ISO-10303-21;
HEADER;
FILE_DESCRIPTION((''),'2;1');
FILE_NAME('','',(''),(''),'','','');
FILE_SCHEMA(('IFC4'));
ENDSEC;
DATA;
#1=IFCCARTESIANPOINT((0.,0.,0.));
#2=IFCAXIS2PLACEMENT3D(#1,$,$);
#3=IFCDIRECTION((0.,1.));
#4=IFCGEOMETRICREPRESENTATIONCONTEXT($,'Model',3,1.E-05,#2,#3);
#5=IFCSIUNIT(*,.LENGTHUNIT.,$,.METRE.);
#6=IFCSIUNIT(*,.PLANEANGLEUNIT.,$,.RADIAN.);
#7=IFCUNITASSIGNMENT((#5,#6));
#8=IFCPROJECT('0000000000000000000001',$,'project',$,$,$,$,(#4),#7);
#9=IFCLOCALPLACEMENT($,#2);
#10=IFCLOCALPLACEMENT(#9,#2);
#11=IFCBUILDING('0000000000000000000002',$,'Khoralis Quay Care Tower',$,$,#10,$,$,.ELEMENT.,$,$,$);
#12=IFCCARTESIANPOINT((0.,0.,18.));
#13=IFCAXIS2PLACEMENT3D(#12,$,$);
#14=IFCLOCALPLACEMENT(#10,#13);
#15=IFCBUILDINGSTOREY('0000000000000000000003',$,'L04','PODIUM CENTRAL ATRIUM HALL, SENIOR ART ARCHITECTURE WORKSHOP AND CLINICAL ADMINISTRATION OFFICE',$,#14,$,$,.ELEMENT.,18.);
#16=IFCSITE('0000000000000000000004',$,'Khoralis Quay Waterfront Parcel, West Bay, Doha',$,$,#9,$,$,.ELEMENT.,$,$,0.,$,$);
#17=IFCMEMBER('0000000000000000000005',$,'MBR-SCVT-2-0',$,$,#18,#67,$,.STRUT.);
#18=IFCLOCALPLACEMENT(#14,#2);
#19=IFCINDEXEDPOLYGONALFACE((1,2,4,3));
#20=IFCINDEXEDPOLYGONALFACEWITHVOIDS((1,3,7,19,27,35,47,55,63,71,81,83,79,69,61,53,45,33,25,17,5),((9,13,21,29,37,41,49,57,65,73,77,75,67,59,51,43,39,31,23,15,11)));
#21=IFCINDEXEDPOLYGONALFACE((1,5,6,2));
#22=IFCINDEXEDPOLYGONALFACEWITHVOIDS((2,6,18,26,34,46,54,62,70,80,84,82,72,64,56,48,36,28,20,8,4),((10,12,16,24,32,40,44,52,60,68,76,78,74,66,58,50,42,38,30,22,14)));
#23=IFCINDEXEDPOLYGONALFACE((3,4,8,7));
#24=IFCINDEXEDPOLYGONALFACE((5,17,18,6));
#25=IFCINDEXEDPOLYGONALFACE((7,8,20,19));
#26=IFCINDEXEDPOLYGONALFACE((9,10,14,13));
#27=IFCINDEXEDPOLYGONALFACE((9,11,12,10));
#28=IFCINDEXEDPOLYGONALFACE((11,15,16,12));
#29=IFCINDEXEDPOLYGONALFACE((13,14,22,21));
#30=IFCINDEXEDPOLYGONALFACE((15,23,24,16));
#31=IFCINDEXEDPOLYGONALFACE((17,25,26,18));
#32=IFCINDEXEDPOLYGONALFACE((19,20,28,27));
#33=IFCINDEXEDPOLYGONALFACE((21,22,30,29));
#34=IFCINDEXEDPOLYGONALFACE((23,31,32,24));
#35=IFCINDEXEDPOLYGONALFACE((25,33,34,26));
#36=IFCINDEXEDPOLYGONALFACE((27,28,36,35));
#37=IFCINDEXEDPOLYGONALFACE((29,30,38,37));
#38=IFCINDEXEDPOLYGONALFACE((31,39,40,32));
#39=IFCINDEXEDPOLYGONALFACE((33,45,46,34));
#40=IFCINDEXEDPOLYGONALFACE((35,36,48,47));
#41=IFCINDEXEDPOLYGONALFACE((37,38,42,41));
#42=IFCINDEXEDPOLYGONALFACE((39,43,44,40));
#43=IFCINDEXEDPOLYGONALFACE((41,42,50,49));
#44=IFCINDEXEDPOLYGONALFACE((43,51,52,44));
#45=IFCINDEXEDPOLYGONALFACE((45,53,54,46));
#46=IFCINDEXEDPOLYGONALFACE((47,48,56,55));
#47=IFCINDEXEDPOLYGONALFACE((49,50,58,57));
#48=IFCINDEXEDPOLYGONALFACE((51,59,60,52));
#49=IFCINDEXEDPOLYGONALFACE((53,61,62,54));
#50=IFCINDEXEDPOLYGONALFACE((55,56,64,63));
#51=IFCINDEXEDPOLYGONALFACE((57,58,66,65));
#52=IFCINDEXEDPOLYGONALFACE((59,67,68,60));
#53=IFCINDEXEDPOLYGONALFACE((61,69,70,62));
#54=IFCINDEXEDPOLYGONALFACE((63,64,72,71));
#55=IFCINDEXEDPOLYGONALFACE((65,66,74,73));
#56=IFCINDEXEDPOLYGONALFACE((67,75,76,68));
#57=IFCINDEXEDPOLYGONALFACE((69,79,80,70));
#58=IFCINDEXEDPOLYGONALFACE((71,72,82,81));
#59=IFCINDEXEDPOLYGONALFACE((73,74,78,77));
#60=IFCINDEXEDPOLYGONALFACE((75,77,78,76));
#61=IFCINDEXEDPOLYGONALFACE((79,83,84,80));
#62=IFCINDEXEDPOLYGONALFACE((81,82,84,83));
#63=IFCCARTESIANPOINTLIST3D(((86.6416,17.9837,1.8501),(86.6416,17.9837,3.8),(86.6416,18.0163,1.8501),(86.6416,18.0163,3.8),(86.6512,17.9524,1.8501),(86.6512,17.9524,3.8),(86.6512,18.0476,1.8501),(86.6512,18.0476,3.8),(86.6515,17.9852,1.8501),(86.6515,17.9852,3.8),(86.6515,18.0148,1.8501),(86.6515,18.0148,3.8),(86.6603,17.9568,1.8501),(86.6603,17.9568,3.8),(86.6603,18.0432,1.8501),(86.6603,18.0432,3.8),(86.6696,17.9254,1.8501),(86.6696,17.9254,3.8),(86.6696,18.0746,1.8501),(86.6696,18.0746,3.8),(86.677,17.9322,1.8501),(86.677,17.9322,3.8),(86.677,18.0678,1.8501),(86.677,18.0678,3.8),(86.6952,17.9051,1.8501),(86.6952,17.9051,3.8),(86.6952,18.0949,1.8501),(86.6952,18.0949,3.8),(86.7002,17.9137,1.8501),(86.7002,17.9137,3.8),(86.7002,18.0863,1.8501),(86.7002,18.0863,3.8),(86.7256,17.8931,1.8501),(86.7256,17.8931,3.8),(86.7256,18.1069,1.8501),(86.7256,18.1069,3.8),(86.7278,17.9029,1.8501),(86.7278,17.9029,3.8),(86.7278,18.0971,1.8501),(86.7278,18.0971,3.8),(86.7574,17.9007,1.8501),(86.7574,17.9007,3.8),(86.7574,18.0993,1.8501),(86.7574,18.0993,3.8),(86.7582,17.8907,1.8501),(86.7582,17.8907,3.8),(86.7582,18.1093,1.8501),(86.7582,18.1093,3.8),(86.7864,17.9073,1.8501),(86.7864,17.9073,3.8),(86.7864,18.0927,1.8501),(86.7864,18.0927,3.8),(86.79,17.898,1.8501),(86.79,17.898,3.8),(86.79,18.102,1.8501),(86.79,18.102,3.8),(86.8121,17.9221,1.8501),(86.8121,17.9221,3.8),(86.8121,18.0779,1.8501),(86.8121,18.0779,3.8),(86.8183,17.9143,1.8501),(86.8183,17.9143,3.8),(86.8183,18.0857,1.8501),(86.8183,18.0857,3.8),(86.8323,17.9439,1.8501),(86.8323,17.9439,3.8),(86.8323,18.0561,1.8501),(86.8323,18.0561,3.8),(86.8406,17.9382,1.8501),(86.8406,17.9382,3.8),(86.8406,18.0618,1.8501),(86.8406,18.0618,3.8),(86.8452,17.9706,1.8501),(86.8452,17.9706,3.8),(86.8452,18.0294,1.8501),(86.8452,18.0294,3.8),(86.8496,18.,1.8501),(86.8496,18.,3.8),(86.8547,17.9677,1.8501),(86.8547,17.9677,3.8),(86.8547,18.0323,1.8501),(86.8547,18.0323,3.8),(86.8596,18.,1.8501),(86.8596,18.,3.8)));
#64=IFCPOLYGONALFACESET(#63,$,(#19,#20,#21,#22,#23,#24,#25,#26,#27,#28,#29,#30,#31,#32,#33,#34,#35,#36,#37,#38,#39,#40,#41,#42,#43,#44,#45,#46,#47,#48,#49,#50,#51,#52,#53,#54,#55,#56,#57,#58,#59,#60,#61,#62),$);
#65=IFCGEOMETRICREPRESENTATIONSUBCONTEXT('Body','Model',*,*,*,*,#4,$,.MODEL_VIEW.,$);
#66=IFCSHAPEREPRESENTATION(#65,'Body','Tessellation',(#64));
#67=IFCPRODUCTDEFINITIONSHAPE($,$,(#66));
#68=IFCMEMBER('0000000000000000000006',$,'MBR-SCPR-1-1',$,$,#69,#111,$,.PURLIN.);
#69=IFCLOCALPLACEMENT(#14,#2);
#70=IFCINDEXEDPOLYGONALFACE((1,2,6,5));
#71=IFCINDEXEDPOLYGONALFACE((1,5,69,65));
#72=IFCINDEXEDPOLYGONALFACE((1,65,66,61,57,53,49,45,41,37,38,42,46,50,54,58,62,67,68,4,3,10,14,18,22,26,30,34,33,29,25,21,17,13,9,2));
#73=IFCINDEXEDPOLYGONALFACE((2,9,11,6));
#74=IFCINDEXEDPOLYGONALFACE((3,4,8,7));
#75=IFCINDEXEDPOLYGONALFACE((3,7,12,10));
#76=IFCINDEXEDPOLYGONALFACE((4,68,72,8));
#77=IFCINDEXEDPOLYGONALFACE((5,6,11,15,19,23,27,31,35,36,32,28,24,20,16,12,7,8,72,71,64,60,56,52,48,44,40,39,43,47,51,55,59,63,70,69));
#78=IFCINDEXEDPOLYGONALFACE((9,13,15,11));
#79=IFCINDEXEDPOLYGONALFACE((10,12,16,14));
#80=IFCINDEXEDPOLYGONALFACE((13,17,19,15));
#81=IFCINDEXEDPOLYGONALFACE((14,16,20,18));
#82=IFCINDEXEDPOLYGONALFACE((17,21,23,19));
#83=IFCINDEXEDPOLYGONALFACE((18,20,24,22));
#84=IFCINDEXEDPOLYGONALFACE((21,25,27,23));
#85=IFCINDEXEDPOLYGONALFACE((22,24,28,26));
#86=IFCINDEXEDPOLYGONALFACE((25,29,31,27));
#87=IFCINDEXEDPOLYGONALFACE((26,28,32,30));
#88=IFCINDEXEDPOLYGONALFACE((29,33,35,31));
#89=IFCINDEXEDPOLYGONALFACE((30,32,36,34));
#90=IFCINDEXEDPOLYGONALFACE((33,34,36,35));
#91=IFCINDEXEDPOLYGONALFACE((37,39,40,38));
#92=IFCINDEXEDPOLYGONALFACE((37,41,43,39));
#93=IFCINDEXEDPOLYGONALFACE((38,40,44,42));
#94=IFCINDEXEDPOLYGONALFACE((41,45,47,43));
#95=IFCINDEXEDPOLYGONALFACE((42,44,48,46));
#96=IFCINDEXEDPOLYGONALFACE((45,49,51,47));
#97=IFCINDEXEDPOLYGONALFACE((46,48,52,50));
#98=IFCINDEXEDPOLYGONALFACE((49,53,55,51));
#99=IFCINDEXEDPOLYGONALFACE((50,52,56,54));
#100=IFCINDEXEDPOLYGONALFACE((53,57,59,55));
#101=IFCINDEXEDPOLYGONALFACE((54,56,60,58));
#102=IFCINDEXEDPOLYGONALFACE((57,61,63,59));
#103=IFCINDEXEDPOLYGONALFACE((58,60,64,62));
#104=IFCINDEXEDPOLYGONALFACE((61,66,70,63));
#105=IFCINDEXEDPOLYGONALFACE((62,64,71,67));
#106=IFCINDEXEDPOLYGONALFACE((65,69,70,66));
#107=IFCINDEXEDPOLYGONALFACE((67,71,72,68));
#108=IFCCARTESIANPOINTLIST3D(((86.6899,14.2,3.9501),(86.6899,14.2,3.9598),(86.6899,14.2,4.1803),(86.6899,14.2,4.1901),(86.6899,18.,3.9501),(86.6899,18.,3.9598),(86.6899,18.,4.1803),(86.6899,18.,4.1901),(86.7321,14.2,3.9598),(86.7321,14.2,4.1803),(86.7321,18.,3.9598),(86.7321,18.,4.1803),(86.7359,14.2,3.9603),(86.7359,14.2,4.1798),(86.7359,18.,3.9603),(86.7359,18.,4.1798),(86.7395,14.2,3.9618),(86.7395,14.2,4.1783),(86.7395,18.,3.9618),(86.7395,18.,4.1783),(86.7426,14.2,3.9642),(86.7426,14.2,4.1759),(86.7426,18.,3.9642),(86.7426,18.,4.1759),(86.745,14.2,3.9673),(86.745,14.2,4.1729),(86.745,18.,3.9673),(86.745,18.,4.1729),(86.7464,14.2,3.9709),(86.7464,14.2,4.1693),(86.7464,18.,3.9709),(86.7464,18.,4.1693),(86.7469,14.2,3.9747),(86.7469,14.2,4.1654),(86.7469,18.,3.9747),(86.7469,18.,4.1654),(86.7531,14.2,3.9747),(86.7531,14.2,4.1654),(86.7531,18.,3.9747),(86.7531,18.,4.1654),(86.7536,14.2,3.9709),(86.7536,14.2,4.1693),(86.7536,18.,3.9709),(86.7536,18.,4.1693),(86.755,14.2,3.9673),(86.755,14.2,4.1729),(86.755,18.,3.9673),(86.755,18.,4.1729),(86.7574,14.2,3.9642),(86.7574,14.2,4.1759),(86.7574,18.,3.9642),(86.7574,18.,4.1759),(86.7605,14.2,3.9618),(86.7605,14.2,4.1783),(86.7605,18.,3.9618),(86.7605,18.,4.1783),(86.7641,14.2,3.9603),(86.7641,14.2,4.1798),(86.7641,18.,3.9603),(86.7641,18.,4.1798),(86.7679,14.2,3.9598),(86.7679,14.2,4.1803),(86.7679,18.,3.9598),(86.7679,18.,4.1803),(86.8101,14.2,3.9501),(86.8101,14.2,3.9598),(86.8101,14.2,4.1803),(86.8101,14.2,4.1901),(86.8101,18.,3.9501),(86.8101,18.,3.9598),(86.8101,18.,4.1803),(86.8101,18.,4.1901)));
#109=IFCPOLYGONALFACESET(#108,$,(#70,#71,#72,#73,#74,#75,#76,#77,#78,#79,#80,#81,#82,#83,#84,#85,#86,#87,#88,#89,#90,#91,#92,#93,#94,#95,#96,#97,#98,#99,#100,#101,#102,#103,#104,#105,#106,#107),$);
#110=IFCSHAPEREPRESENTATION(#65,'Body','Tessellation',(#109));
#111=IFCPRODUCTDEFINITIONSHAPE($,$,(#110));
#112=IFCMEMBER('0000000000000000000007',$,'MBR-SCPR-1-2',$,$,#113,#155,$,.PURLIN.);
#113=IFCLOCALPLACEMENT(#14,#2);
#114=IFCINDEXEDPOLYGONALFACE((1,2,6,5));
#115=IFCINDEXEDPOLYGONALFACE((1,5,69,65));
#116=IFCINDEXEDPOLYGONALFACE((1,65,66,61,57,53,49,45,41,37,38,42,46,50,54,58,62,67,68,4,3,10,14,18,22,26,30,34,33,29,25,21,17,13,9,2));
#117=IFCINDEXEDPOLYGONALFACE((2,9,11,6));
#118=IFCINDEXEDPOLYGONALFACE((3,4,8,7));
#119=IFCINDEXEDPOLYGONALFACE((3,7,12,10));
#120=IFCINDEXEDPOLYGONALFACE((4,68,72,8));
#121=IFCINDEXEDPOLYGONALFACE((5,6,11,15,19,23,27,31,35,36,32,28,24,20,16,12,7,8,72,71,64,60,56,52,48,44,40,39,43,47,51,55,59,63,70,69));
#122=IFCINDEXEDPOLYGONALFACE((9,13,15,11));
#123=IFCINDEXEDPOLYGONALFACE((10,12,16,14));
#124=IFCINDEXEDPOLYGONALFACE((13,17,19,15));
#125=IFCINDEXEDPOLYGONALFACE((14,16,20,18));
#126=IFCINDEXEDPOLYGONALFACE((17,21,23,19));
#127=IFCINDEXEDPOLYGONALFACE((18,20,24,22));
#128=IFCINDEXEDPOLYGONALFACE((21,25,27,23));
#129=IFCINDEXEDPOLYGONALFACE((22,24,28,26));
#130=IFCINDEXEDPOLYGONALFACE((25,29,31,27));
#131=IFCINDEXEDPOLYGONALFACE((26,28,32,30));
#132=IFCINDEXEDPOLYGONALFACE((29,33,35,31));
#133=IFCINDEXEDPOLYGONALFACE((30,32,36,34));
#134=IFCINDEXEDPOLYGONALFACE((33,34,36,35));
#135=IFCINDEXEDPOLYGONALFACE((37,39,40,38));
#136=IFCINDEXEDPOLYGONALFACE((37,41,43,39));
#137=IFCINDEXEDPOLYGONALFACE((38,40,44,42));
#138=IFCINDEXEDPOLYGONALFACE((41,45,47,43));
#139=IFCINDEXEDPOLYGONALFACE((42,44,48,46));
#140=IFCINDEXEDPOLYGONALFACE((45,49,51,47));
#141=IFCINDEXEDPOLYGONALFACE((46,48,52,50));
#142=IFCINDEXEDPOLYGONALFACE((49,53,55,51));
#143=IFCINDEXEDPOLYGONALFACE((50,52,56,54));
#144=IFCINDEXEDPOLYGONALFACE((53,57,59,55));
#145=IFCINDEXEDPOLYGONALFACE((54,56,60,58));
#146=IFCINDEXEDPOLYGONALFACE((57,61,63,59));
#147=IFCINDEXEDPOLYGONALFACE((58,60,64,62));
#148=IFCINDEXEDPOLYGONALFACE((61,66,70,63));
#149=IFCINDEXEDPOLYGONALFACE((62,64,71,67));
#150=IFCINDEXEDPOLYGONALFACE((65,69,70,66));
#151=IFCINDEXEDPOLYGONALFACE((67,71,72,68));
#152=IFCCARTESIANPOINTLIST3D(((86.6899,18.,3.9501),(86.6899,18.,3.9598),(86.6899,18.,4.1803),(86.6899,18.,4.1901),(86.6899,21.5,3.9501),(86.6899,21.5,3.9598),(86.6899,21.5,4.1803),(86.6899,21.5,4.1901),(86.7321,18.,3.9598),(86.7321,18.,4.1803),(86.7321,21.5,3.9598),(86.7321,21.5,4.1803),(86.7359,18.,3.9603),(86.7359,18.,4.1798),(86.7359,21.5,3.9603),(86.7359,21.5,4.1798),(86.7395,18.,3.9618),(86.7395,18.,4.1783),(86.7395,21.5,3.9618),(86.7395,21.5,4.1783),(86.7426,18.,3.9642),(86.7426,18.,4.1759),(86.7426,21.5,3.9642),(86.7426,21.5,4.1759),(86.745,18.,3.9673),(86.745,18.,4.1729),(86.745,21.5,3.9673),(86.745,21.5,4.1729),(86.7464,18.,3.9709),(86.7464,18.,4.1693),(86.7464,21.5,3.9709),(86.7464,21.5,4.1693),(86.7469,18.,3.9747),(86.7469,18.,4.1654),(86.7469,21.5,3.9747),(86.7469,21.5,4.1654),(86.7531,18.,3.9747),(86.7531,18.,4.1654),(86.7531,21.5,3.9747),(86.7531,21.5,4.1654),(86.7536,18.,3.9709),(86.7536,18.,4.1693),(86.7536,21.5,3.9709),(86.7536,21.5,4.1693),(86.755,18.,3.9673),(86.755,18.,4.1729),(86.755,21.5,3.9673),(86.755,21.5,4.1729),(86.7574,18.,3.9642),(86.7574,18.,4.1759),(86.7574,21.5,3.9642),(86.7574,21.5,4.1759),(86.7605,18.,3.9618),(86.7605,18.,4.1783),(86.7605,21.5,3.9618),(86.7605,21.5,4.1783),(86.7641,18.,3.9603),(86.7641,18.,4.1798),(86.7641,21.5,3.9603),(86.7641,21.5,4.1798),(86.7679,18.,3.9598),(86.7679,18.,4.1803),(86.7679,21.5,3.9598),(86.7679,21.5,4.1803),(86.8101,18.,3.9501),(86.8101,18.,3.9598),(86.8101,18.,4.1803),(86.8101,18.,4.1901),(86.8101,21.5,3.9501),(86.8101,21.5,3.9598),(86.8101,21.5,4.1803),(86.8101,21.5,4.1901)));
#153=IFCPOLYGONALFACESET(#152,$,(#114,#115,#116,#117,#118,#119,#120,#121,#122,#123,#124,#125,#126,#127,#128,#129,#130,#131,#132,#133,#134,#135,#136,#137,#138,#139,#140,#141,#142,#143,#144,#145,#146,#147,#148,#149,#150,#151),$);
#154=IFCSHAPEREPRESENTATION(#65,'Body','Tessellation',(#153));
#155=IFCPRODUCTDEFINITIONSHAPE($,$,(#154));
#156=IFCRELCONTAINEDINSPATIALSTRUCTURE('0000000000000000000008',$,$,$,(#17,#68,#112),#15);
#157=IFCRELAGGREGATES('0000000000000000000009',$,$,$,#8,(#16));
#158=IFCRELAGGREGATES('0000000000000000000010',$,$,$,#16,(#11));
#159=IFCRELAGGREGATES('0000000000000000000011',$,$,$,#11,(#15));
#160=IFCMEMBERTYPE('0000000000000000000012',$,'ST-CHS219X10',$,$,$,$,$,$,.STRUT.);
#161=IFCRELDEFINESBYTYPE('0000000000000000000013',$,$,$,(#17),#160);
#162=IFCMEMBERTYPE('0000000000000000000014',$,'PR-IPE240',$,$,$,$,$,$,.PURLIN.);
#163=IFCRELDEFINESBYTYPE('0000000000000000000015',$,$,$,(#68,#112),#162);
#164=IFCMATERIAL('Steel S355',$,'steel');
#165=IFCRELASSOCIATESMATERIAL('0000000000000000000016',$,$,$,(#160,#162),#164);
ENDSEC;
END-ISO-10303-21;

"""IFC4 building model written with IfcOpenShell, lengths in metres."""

from ifc_helpers import new_model, si_unit, direction, frame, origin, origin_2d, place, context, subcontext, project, spatial, hollow_circle, i_section, extrude, source, transform, mapped, material, material_profile, profile_set, type_object, element, save


model = new_model("IFC4")

# Units and contexts
model_context = context("Model", 3, precision=1e-05, world=origin(), true_north=direction((0.0, 1.0)))
body_context = subcontext(model_context, "Body", "Model", "MODEL_VIEW")
ifc_project = project(units=[si_unit("LENGTHUNIT", "METRE"), si_unit("PLANEANGLEUNIT", "RADIAN")], contexts=[model_context])

# Site, building, storey
site_placement = place(None, origin())
site = spatial("IfcSite", under=ifc_project, at=site_placement, Name="Khoralis Quay Waterfront Parcel, West Bay, Doha", CompositionType="ELEMENT", RefElevation=0.0)
building_placement = place(site_placement, origin())
building = spatial("IfcBuilding", under=site, at=building_placement, Name="Khoralis Quay Care Tower", CompositionType="ELEMENT")
storey_placement = place(building_placement, frame((0.0, 0.0, 18.0)))
storey = spatial("IfcBuildingStorey", under=building, at=storey_placement, Name="L04", Description="PODIUM CENTRAL ATRIUM HALL, SENIOR ART ARCHITECTURE WORKSHOP AND CLINICAL ADMINISTRATION OFFICE", CompositionType="ELEMENT", Elevation=18.0)

# Members
ifc_material_1 = material(Name="Steel S355", Category="steel")
ifc_material_profile_1 = material_profile(ifc_material_1, hollow_circle(Radius=0.1096, WallThickness=0.01, at=origin_2d()), Name="Steel S355")
ifc_profile_set_1 = profile_set([ifc_material_profile_1], Name="Steel S355")
member_type_1 = type_object("IfcMemberType", Name="ST-CHS219X10", PredefinedType="STRUT", material=ifc_profile_set_1)
shared_shape_1 = source(origin(), body_context, "Body", "SweptSolid", [
    extrude(hollow_circle(Radius=0.1096, WallThickness=0.01, at=origin_2d()), origin(), (0.0, 0.0, 1.0), 1.95),
])
for number, where, z_axis, x_axis, name in (
    (1, (86.75, 18.0, 1.8501), (0.0, 0.0, 1.0), (1.0, 0.0, 0.0), "MBR-SCVT-2-0"),
):
    element("IfcMember", number, at=place(storey_placement, frame(where, z_axis=z_axis, x_axis=x_axis)), inside=storey, type_object=member_type_1, Name=name, PredefinedType="STRUT", context=body_context, shape_type="MappedRepresentation", body=[
        mapped(shared_shape_1, transform((0.0, 0.0, 0.0), scale=1.0)),
    ])
ifc_material_profile_2 = material_profile(ifc_material_1, i_section(OverallWidth=0.1201, OverallDepth=0.24, WebThickness=0.0061, FlangeThickness=0.0098, FilletRadius=0.0149, at=origin_2d()), Name="Steel S355")
ifc_profile_set_2 = profile_set([ifc_material_profile_2], Name="Steel S355")
member_type_2 = type_object("IfcMemberType", Name="PR-IPE240", PredefinedType="PURLIN", material=ifc_profile_set_2)
shared_shape_2 = source(origin(), body_context, "Body", "SweptSolid", [
    extrude(i_section(OverallWidth=0.1201, OverallDepth=0.24, WebThickness=0.0061, FlangeThickness=0.0098, FilletRadius=0.0149, at=origin_2d()), origin(), (0.0, 0.0, 1.0), 3.8),
])
member_1_placement = place(storey_placement, frame((86.75, 14.2, 4.0701), z_axis=(0.0, 1.0, 0.0), x_axis=(-1.0, 0.0, 0.0)))
element("IfcMember", 2, at=member_1_placement, inside=storey, type_object=member_type_2, Name="MBR-SCPR-1-1", PredefinedType="PURLIN", context=body_context, shape_type="MappedRepresentation", body=[
    mapped(shared_shape_2, transform((0.0, 0.0, 0.0), scale=1.0)),
])
shared_shape_3 = source(origin(), body_context, "Body", "SweptSolid", [
    extrude(i_section(OverallWidth=0.1201, OverallDepth=0.24, WebThickness=0.0061, FlangeThickness=0.0098, FilletRadius=0.0149, at=origin_2d()), origin(), (0.0, 0.0, 1.0), 3.5),
])
member_2_placement = place(storey_placement, frame((86.75, 18.0, 4.0701), z_axis=(0.0, 1.0, 0.0), x_axis=(-1.0, 0.0, 0.0)))
element("IfcMember", 3, at=member_2_placement, inside=storey, type_object=member_type_2, Name="MBR-SCPR-1-2", PredefinedType="PURLIN", context=body_context, shape_type="MappedRepresentation", body=[
    mapped(shared_shape_3, transform((0.0, 0.0, 0.0), scale=1.0)),
])

save(model, "model.ifc")
